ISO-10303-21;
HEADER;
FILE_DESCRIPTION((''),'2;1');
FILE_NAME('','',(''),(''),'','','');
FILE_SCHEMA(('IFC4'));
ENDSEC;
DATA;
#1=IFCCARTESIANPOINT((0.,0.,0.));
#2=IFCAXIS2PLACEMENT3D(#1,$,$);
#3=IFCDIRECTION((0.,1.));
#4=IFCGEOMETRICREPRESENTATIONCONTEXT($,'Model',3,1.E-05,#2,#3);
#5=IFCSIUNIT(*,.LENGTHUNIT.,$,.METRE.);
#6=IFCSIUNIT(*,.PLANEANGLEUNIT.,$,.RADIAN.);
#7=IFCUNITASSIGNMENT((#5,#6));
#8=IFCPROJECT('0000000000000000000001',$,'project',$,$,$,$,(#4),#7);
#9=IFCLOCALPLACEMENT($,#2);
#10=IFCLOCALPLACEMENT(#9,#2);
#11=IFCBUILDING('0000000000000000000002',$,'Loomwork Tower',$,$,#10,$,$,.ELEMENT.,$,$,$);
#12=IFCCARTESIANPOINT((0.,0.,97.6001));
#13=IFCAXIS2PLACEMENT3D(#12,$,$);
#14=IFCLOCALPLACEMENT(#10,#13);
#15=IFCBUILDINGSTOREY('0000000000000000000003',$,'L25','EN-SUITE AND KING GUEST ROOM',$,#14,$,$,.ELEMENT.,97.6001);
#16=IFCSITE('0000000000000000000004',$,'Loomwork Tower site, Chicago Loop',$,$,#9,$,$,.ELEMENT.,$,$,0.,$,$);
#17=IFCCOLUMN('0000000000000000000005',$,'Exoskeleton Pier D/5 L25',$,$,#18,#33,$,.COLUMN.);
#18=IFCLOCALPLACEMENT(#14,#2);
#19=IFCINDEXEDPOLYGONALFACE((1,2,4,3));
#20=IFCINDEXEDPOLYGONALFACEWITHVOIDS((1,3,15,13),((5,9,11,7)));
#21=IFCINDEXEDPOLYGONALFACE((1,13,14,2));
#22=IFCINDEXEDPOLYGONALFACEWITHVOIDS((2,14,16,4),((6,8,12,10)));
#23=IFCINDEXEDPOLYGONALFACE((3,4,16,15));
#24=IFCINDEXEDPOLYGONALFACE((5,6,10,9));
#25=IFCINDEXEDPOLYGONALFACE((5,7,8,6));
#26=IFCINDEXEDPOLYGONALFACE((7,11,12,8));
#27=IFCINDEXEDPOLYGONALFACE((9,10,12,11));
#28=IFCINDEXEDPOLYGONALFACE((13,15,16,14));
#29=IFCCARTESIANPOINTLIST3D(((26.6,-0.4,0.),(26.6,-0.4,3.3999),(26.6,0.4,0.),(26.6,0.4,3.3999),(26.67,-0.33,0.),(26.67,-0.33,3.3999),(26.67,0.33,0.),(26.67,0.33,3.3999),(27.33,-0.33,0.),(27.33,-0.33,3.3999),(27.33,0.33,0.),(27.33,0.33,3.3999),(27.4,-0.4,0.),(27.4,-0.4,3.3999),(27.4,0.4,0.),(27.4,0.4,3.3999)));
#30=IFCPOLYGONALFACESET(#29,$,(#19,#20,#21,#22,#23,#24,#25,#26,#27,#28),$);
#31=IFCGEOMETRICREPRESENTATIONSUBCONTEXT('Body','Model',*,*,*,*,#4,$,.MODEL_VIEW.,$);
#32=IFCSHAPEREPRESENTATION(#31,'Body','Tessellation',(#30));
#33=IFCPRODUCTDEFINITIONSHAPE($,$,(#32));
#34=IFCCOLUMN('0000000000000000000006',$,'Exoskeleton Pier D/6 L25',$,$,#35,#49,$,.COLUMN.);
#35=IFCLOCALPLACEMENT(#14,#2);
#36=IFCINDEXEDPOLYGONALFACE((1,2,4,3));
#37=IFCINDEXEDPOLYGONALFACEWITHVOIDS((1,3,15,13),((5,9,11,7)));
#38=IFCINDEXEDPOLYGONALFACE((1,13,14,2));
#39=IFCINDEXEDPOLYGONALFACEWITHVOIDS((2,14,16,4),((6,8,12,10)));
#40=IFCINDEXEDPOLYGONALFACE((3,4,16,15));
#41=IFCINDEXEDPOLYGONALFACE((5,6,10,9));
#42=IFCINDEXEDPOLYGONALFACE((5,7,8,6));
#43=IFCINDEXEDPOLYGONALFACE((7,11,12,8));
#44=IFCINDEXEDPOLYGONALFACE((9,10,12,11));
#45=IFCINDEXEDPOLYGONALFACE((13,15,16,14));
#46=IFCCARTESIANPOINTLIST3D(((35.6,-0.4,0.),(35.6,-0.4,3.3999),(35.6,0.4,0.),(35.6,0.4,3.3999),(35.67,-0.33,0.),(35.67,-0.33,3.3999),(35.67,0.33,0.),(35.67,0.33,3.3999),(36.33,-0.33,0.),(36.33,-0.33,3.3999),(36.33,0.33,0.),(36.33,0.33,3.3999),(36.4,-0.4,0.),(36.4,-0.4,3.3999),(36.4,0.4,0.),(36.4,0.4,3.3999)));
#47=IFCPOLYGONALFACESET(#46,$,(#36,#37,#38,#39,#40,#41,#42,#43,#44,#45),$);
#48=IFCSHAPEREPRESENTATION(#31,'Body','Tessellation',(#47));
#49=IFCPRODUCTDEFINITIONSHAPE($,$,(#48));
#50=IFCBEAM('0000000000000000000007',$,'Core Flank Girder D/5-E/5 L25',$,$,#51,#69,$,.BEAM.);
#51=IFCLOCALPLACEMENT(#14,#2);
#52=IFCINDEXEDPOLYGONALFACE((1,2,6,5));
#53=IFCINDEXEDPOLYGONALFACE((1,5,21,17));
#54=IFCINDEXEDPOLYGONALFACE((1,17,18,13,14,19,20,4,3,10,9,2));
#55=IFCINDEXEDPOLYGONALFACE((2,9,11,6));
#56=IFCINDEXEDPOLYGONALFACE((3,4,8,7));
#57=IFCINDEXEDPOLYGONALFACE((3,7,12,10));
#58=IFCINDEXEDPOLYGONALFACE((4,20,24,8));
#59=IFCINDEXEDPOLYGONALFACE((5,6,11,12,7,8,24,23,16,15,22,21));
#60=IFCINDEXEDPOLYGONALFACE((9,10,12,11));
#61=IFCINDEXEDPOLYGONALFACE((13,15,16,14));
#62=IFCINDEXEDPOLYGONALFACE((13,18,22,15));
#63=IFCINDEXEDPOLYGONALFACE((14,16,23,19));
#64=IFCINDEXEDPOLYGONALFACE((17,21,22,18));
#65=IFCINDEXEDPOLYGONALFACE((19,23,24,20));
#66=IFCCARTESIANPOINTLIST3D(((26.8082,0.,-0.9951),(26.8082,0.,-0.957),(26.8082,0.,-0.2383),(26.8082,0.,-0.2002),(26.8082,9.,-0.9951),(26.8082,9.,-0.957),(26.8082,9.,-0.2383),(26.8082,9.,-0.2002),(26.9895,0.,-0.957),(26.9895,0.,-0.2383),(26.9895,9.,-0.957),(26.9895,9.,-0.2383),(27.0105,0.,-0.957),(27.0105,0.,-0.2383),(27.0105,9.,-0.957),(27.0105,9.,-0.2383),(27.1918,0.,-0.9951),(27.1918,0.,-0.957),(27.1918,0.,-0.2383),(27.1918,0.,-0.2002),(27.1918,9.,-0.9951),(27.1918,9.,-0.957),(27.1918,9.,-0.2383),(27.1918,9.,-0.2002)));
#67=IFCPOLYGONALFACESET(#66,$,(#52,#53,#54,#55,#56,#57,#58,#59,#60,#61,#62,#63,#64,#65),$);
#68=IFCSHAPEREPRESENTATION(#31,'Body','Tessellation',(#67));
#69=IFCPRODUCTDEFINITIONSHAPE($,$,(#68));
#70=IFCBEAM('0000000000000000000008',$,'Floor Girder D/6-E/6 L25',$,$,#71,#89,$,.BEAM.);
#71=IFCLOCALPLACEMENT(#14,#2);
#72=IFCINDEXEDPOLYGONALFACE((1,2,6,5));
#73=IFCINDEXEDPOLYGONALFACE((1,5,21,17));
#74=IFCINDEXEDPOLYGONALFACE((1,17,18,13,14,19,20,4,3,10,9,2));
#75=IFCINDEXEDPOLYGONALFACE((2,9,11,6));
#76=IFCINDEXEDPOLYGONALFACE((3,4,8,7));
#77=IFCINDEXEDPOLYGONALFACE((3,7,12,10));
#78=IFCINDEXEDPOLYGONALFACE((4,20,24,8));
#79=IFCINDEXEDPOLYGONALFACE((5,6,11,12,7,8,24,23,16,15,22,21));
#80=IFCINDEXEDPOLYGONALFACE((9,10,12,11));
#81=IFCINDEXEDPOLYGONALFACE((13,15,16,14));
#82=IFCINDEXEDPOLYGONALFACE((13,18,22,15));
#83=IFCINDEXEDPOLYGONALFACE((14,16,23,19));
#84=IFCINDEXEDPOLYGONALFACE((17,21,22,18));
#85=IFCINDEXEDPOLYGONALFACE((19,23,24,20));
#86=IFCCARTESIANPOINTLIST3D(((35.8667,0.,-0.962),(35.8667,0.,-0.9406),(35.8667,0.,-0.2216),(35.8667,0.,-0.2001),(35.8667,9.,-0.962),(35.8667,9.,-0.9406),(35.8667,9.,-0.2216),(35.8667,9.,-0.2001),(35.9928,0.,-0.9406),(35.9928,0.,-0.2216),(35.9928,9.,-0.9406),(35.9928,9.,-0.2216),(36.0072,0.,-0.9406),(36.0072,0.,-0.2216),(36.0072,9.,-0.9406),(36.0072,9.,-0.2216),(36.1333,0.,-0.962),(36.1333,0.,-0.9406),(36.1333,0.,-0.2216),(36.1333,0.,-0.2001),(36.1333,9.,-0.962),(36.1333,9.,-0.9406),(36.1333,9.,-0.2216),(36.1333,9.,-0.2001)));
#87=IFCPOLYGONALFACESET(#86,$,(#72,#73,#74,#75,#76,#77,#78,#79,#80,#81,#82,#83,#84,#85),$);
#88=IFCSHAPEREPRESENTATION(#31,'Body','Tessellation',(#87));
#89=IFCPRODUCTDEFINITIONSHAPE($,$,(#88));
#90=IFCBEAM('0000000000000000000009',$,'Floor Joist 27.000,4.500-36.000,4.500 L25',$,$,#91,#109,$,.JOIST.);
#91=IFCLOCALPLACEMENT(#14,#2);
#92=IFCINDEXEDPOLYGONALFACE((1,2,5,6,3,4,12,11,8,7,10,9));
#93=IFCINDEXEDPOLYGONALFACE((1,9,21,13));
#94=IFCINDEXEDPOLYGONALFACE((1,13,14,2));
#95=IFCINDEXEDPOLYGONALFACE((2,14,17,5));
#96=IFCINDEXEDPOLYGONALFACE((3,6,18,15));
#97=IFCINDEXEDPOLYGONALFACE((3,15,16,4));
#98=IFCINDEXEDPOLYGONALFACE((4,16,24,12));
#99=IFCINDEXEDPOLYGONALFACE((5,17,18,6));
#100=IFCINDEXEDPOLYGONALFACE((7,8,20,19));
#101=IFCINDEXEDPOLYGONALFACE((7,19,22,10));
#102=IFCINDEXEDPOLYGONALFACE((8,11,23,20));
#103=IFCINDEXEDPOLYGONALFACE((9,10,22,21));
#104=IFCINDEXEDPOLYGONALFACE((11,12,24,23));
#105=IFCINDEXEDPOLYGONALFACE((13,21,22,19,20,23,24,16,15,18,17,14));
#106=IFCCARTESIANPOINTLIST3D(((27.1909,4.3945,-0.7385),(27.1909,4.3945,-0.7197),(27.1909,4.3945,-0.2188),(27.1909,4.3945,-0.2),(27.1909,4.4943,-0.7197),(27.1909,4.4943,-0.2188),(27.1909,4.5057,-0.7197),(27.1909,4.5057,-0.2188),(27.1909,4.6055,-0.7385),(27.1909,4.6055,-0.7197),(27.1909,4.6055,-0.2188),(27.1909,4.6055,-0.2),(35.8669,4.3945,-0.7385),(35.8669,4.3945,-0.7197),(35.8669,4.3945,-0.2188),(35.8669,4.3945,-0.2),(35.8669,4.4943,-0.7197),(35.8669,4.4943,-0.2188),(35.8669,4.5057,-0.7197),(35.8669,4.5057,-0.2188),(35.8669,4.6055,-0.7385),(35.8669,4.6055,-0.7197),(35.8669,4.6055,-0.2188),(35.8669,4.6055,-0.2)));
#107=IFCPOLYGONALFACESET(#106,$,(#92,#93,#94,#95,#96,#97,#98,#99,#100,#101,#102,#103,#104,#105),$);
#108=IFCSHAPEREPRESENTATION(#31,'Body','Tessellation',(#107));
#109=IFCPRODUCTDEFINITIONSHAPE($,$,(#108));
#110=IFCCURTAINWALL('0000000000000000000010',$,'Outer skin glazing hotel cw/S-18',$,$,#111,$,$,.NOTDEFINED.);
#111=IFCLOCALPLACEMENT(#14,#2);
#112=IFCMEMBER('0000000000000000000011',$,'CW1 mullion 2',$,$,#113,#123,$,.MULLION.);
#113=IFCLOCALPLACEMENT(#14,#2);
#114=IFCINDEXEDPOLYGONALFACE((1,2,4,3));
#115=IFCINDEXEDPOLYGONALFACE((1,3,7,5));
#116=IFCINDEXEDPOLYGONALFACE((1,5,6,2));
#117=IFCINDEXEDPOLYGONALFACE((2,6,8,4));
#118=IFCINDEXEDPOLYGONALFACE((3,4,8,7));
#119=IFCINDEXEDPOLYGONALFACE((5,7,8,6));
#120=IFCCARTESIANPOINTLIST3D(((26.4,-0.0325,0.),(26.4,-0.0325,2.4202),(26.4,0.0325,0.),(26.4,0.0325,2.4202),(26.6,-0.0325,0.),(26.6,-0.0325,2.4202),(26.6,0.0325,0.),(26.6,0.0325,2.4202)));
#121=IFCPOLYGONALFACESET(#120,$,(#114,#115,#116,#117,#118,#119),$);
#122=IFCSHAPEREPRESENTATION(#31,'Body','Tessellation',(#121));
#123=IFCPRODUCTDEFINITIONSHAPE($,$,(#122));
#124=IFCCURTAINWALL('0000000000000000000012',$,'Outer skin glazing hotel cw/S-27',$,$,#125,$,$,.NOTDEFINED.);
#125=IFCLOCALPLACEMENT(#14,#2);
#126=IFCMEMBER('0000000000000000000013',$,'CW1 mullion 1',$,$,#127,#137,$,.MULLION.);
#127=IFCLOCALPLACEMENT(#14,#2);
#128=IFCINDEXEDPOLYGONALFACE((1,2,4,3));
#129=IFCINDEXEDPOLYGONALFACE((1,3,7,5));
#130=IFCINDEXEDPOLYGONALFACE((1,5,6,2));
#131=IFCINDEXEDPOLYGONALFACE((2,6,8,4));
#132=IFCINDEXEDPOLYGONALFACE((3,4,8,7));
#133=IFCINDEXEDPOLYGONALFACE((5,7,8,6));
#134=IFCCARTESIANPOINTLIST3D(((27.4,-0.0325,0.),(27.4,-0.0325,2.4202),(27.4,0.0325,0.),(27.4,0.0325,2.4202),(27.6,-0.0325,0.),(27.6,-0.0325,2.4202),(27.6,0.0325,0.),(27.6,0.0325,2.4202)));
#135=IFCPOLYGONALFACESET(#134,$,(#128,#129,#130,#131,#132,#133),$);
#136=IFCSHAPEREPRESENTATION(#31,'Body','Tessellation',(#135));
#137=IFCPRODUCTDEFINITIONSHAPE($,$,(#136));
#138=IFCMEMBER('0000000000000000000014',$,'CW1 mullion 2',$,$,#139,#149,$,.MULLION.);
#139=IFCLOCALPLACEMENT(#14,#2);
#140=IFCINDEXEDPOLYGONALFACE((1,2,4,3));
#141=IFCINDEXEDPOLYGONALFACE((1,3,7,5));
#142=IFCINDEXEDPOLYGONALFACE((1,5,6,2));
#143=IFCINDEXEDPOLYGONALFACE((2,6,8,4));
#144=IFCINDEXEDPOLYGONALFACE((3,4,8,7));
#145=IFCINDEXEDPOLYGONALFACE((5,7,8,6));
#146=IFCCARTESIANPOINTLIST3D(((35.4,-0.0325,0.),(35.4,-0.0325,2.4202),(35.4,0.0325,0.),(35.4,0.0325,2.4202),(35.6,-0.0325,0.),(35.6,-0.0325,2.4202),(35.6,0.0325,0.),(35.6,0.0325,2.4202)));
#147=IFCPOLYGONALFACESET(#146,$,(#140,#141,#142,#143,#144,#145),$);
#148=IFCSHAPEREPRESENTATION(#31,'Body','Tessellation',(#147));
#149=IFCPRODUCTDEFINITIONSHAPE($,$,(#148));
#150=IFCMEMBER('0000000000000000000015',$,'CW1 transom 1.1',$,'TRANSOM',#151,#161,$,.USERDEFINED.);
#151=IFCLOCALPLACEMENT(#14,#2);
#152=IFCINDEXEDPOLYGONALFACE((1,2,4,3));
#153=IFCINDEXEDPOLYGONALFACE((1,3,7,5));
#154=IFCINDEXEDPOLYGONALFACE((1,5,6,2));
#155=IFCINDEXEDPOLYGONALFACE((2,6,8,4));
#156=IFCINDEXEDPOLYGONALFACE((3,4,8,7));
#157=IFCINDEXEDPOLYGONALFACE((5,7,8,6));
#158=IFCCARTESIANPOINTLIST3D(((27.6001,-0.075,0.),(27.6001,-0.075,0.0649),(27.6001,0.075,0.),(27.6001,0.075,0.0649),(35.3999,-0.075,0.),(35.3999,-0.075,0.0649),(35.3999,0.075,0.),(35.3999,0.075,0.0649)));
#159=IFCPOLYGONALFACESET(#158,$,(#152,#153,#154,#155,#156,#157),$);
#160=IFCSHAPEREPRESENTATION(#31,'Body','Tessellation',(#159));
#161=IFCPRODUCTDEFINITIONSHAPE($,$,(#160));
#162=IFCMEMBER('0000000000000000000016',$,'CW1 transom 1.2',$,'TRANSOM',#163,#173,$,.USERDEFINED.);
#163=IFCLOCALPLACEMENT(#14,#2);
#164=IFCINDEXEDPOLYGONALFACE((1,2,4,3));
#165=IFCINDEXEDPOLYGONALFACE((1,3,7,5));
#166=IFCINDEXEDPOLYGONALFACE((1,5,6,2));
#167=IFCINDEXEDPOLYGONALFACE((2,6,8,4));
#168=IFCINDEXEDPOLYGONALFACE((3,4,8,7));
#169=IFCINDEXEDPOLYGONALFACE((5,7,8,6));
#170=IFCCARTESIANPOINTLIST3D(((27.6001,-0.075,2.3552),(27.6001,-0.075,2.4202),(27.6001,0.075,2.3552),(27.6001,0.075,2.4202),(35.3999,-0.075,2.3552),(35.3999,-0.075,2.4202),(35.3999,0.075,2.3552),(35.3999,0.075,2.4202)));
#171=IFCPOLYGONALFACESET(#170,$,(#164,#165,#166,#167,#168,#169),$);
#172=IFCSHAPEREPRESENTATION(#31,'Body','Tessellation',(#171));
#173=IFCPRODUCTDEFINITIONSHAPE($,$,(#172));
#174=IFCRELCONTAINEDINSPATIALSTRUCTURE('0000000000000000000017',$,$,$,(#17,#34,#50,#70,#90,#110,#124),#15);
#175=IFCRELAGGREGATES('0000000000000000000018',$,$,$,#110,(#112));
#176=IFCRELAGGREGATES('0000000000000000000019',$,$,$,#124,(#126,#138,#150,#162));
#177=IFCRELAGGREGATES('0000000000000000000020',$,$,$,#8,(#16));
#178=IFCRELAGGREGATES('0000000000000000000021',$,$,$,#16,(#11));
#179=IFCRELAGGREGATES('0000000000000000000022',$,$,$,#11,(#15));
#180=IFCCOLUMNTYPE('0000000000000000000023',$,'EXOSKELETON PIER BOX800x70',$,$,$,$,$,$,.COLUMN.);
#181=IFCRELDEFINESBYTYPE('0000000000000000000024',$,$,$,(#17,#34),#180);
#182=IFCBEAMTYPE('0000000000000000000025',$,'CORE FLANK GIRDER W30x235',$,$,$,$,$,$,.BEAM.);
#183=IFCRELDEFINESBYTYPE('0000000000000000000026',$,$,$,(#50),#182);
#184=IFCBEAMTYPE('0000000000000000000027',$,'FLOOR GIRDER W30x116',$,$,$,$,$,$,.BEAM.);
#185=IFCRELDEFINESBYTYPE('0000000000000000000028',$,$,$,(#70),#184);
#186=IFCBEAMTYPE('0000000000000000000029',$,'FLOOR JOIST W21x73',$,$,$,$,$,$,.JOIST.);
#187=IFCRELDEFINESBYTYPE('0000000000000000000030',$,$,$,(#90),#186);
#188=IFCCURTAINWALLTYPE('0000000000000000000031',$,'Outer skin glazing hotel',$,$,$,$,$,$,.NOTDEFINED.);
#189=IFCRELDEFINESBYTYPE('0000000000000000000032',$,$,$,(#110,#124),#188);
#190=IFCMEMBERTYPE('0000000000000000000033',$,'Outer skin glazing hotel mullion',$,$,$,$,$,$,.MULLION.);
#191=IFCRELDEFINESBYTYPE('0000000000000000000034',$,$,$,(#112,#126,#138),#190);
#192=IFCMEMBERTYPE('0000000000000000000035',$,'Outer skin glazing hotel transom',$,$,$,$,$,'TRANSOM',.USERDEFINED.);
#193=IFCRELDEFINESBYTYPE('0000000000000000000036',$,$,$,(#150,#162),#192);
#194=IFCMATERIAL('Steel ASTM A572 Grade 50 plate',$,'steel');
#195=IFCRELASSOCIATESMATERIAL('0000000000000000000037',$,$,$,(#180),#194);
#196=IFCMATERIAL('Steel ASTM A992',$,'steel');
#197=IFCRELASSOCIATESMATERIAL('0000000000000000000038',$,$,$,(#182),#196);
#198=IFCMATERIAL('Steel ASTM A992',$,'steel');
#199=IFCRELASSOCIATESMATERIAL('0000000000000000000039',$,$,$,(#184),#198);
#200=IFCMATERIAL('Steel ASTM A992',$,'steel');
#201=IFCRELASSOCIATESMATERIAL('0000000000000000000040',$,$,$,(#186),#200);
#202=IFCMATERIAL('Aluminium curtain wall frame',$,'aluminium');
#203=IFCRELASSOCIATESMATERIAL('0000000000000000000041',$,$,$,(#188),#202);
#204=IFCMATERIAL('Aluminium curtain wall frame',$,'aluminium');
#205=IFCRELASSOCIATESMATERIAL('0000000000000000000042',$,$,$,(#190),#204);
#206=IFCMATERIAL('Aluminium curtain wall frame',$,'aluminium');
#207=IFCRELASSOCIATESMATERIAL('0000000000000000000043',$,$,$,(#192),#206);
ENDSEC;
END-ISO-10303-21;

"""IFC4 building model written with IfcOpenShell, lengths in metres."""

from ifc_helpers import new_model, si_unit, direction, frame, origin, origin_2d, place, context, subcontext, project, spatial, rectangle, hollow_rectangle, i_section, extrude, material, material_profile, profile_set, type_object, element, aggregate, save


model = new_model("IFC4")

# Units and contexts
model_context = context("Model", 3, precision=1e-05, world=origin(), true_north=direction((0.0, 1.0)))
body_context = subcontext(model_context, "Body", "Model", "MODEL_VIEW")
ifc_project = project(units=[si_unit("LENGTHUNIT", "METRE"), si_unit("PLANEANGLEUNIT", "RADIAN")], contexts=[model_context])

# Site, building, storey
site_placement = place(None, origin())
site = spatial("IfcSite", under=ifc_project, at=site_placement, Name="Loomwork Tower site, Chicago Loop", CompositionType="ELEMENT", RefElevation=0.0)
building_placement = place(site_placement, origin())
building = spatial("IfcBuilding", under=site, at=building_placement, Name="Loomwork Tower", CompositionType="ELEMENT")
storey_placement = place(building_placement, frame((0.0, 0.0, 97.6001)))
storey = spatial("IfcBuildingStorey", under=building, at=storey_placement, Name="L25", Description="EN-SUITE AND KING GUEST ROOM", CompositionType="ELEMENT", Elevation=97.6001)

# Columns
ifc_material_1 = material(Name="Steel ASTM A572 Grade 50 plate", Category="steel")
ifc_material_profile_1 = material_profile(ifc_material_1, hollow_rectangle(XDim=0.8, YDim=0.8, WallThickness=0.0701, at=origin_2d()), Name="BOX800x70")
ifc_profile_set_1 = profile_set([ifc_material_profile_1], Name="Steel ASTM A572 Grade 50 plate")
column_type = type_object("IfcColumnType", Name="EXOSKELETON PIER BOX800x70", PredefinedType="COLUMN", material=ifc_profile_set_1)
for number, where, z_axis, x_axis, name in (
    (1, (27.0, 0.0, 0.0), (0.0, 0.0, 1.0), (1.0, 0.0, 0.0), "Exoskeleton Pier D/5 L25"),
    (2, (36.0, 0.0, 0.0), (0.0, 0.0, 1.0), (1.0, 0.0, 0.0), "Exoskeleton Pier D/6 L25"),
):
    element("IfcColumn", number, at=place(storey_placement, frame(where, z_axis=z_axis, x_axis=x_axis)), inside=storey, type_object=column_type, Name=name, PredefinedType="COLUMN", context=body_context, shape_type="SweptSolid", body=[
        extrude(hollow_rectangle(XDim=0.8, YDim=0.8, WallThickness=0.0701, at=origin_2d()), origin(), (0.0, 0.0, 1.0), 3.3999),
    ])

# Beams
ifc_material_2 = material(Name="Steel ASTM A992", Category="steel")
ifc_material_profile_2 = material_profile(ifc_material_2, i_section(OverallWidth=0.3835, OverallDepth=0.7949, WebThickness=0.021, FlangeThickness=0.0381, at=origin_2d()), Name="W30x235")
ifc_profile_set_2 = profile_set([ifc_material_profile_2], Name="Steel ASTM A992")
beam_type_1 = type_object("IfcBeamType", Name="CORE FLANK GIRDER W30x235", PredefinedType="BEAM", material=ifc_profile_set_2)
beam_1_placement = place(storey_placement, frame((27.0, 0.0, -0.5977), z_axis=(0.0, 1.0, 0.0), x_axis=(-1.0, 0.0, 0.0)))
element("IfcBeam", 3, at=beam_1_placement, inside=storey, type_object=beam_type_1, Name="Core Flank Girder D/5-E/5 L25", PredefinedType="BEAM", context=body_context, shape_type="SweptSolid", body=[
    extrude(i_section(OverallWidth=0.3835, OverallDepth=0.7949, WebThickness=0.021, FlangeThickness=0.0381, at=origin_2d()), origin(), (0.0, 0.0, 1.0), 9.0),
])
ifc_material_3 = material(Name="Steel ASTM A992", Category="steel")
ifc_material_profile_3 = material_profile(ifc_material_3, i_section(OverallWidth=0.2666, OverallDepth=0.762, WebThickness=0.0144, FlangeThickness=0.0215, at=origin_2d()), Name="W30x116")
ifc_profile_set_3 = profile_set([ifc_material_profile_3], Name="Steel ASTM A992")
beam_type_2 = type_object("IfcBeamType", Name="FLOOR GIRDER W30x116", PredefinedType="BEAM", material=ifc_profile_set_3)
beam_2_placement = place(storey_placement, frame((36.0, 0.0, -0.5811), z_axis=(0.0, 1.0, 0.0), x_axis=(-1.0, 0.0, 0.0)))
element("IfcBeam", 4, at=beam_2_placement, inside=storey, type_object=beam_type_2, Name="Floor Girder D/6-E/6 L25", PredefinedType="BEAM", context=body_context, shape_type="SweptSolid", body=[
    extrude(i_section(OverallWidth=0.2666, OverallDepth=0.762, WebThickness=0.0144, FlangeThickness=0.0215, at=origin_2d()), origin(), (0.0, 0.0, 1.0), 9.0),
])
ifc_material_4 = material(Name="Steel ASTM A992", Category="steel")
ifc_material_profile_4 = material_profile(ifc_material_4, i_section(OverallWidth=0.2109, OverallDepth=0.5386, WebThickness=0.0115, FlangeThickness=0.0188, at=origin_2d()), Name="W21x73")
ifc_profile_set_4 = profile_set([ifc_material_profile_4], Name="Steel ASTM A992")
beam_type_3 = type_object("IfcBeamType", Name="FLOOR JOIST W21x73", PredefinedType="JOIST", material=ifc_profile_set_4)
beam_3_placement = place(storey_placement, frame((27.1909, 4.5, -0.4692), z_axis=(1.0, 0.0, 0.0), x_axis=(0.0, 1.0, 0.0)))
element("IfcBeam", 5, at=beam_3_placement, inside=storey, type_object=beam_type_3, Name="Floor Joist 27.000,4.500-36.000,4.500 L25", PredefinedType="JOIST", context=body_context, shape_type="SweptSolid", body=[
    extrude(i_section(OverallWidth=0.2109, OverallDepth=0.5386, WebThickness=0.0115, FlangeThickness=0.0188, at=origin_2d()), origin(), (0.0, 0.0, 1.0), 8.676),
])

# Curtain wall, member
ifc_material_5 = material(Name="Aluminium curtain wall frame", Category="aluminium")
curtain_wall_type = type_object("IfcCurtainWallType", Name="Outer skin glazing hotel", PredefinedType="NOTDEFINED", material=ifc_material_5)
curtain_wall_1_placement = place(storey_placement, origin())
curtain_wall_1 = element("IfcCurtainWall", 6, at=curtain_wall_1_placement, inside=storey, type_object=curtain_wall_type, Name="Outer skin glazing hotel cw/S-18", PredefinedType="NOTDEFINED")
ifc_material_6 = material(Name="Aluminium curtain wall frame", Category="aluminium")
ifc_material_profile_5 = material_profile(ifc_material_6, rectangle(XDim=0.0649, YDim=0.2, at=origin_2d()), Name="AL 65x200")
ifc_profile_set_5 = profile_set([ifc_material_profile_5], Name="Aluminium curtain wall frame")
member_type_1 = type_object("IfcMemberType", Name="Outer skin glazing hotel mullion", PredefinedType="MULLION", material=ifc_profile_set_5)
member_1_placement = place(storey_placement, frame((26.5, 0.0, 0.0), z_axis=(0.0, 0.0, 1.0), x_axis=(0.0, 1.0, 0.0)))
member_1 = element("IfcMember", 7, at=member_1_placement, type_object=member_type_1, Name="CW1 mullion 2", PredefinedType="MULLION", context=body_context, shape_type="SweptSolid", body=[
    extrude(rectangle(XDim=0.0649, YDim=0.2, at=origin_2d()), origin(), (0.0, 0.0, 1.0), 2.4202),
])

# Curtain wall, members
curtain_wall_2_placement = place(storey_placement, origin())
curtain_wall_2 = element("IfcCurtainWall", 8, at=curtain_wall_2_placement, inside=storey, type_object=curtain_wall_type, Name="Outer skin glazing hotel cw/S-27", PredefinedType="NOTDEFINED")
member_2_placement = place(storey_placement, frame((27.5, 0.0, 0.0), z_axis=(0.0, 0.0, 1.0), x_axis=(0.0, 1.0, 0.0)))
member_2 = element("IfcMember", 9, at=member_2_placement, type_object=member_type_1, Name="CW1 mullion 1", PredefinedType="MULLION", context=body_context, shape_type="SweptSolid", body=[
    extrude(rectangle(XDim=0.0649, YDim=0.2, at=origin_2d()), origin(), (0.0, 0.0, 1.0), 2.4202),
])
member_3_placement = place(storey_placement, frame((35.5, 0.0, 0.0), z_axis=(0.0, 0.0, 1.0), x_axis=(0.0, 1.0, 0.0)))
member_3 = element("IfcMember", 10, at=member_3_placement, type_object=member_type_1, Name="CW1 mullion 2", PredefinedType="MULLION", context=body_context, shape_type="SweptSolid", body=[
    extrude(rectangle(XDim=0.0649, YDim=0.2, at=origin_2d()), origin(), (0.0, 0.0, 1.0), 2.4202),
])
ifc_material_7 = material(Name="Aluminium curtain wall frame", Category="aluminium")
ifc_material_profile_6 = material_profile(ifc_material_7, rectangle(XDim=0.1499, YDim=0.0649, at=origin_2d()), Name="AL 65x150")
ifc_profile_set_6 = profile_set([ifc_material_profile_6], Name="Aluminium curtain wall frame")
member_type_2 = type_object("IfcMemberType", Name="Outer skin glazing hotel transom", ElementType="TRANSOM", PredefinedType="USERDEFINED", material=ifc_profile_set_6)
member_4_placement = place(storey_placement, frame((27.6001, 0.0, 0.0325), z_axis=(1.0, 0.0, 0.0), x_axis=(0.0, 1.0, 0.0)))
member_4 = element("IfcMember", 11, at=member_4_placement, type_object=member_type_2, Name="CW1 transom 1.1", ObjectType="TRANSOM", PredefinedType="USERDEFINED", context=body_context, shape_type="SweptSolid", body=[
    extrude(rectangle(XDim=0.1499, YDim=0.0649, at=origin_2d()), origin(), (0.0, 0.0, 1.0), 7.7998),
])
member_5_placement = place(storey_placement, frame((27.6001, 0.0, 2.3877), z_axis=(1.0, 0.0, 0.0), x_axis=(0.0, 1.0, 0.0)))
member_5 = element("IfcMember", 12, at=member_5_placement, type_object=member_type_2, Name="CW1 transom 1.2", ObjectType="TRANSOM", PredefinedType="USERDEFINED", context=body_context, shape_type="SweptSolid", body=[
    extrude(rectangle(XDim=0.1499, YDim=0.0649, at=origin_2d()), origin(), (0.0, 0.0, 1.0), 7.7998),
])

aggregate(curtain_wall_1, [member_1])
aggregate(curtain_wall_2, [member_2, member_3, member_4, member_5])

save(model, "model.ifc")
